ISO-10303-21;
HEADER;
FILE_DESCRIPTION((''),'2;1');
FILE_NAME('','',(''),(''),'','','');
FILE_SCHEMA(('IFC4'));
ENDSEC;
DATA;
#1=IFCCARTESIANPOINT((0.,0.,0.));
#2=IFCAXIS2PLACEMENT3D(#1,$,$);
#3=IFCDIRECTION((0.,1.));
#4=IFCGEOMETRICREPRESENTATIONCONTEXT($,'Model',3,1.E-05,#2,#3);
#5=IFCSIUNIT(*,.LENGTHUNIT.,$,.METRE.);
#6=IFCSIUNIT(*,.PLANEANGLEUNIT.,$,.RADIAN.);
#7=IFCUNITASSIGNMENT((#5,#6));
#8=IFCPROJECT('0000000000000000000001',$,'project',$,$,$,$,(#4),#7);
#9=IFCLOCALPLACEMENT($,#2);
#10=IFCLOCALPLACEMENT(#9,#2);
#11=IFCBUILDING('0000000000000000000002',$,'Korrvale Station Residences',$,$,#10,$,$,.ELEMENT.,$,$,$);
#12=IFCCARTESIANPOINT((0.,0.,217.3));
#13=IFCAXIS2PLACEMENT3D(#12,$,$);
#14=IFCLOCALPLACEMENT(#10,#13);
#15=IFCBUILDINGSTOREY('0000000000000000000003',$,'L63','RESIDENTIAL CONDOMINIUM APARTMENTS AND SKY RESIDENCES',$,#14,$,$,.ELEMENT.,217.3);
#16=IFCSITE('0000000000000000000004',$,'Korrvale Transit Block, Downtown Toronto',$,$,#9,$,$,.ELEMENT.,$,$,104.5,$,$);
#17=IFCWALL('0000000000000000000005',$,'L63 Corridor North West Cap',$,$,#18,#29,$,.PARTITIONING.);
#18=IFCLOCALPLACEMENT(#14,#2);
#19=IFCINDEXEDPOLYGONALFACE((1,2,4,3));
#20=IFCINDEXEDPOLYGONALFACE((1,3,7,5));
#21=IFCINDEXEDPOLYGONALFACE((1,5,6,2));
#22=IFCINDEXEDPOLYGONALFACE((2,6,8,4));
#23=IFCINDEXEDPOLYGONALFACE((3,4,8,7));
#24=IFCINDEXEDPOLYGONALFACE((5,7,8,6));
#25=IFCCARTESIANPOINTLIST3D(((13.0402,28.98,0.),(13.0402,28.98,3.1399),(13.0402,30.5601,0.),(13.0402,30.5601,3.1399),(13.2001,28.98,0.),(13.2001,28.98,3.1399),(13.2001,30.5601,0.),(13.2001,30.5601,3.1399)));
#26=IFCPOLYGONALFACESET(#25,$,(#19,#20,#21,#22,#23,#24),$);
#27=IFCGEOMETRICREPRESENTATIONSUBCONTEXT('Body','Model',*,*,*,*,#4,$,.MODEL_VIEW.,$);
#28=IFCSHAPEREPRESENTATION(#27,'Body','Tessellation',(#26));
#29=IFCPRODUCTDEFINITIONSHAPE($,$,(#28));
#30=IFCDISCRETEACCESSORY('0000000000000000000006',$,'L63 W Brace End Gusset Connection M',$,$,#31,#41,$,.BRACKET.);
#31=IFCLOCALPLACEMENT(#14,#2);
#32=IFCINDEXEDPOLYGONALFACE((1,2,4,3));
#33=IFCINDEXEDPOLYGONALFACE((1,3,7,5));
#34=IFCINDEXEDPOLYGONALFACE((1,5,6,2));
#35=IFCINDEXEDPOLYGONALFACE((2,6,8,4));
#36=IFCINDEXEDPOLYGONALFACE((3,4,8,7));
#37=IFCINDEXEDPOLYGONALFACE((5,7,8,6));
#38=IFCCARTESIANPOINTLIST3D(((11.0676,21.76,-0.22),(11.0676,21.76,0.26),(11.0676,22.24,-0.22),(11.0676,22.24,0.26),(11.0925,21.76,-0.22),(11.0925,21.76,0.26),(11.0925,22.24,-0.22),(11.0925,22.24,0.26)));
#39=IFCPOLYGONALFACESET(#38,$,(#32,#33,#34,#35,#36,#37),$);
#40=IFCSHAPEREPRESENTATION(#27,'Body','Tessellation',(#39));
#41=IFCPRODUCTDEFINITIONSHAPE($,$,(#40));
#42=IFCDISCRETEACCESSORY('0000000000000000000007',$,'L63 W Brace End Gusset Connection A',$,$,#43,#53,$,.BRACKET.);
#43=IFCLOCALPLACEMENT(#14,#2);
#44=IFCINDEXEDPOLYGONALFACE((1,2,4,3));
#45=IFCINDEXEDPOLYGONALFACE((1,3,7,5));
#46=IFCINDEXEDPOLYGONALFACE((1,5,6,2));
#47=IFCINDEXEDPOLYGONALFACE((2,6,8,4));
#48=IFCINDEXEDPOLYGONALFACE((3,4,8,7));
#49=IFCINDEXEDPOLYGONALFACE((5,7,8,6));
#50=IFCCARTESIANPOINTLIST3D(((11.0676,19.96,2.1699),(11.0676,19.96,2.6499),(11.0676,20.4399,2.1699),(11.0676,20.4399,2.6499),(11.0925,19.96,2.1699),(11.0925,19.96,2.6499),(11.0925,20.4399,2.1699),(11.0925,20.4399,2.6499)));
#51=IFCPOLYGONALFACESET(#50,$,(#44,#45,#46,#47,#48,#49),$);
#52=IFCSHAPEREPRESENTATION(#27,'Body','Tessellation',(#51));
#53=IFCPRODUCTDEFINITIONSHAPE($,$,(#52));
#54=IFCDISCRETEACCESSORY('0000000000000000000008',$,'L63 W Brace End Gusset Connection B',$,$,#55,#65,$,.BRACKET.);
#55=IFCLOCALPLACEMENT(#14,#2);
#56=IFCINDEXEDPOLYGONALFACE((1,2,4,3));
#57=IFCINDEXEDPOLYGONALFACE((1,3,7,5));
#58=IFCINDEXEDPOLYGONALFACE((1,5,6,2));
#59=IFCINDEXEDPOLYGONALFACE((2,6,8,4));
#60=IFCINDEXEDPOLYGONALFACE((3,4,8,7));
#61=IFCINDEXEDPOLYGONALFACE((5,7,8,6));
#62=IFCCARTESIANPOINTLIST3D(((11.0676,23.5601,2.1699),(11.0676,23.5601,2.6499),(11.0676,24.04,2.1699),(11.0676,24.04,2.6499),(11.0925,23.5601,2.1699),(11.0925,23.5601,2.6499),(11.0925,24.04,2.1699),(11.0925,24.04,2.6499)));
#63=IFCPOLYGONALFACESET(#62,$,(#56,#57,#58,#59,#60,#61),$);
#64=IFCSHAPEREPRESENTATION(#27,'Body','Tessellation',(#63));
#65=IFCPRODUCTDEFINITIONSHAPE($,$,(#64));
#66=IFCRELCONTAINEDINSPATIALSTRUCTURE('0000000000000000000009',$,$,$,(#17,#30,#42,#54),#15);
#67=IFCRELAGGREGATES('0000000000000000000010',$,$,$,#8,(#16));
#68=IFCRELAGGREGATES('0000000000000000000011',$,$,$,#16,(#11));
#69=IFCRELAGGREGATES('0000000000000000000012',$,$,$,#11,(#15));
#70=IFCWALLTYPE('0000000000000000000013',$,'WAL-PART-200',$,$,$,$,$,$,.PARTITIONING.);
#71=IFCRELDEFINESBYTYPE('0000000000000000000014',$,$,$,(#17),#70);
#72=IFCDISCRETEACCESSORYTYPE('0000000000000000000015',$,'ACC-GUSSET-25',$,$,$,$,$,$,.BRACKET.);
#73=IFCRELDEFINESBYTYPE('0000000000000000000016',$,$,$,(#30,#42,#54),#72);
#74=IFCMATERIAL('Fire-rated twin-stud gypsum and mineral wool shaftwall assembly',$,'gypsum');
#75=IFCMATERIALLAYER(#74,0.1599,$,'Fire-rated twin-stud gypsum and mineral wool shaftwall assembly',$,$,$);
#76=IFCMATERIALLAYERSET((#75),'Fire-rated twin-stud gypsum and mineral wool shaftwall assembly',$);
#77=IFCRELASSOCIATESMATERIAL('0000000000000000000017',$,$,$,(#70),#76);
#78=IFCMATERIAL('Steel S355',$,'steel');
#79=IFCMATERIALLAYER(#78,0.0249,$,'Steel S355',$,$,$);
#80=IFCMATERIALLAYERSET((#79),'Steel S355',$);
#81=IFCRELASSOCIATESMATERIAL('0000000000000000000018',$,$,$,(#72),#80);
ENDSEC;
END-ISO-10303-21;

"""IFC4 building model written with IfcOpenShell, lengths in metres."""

from ifc_helpers import new_model, si_unit, direction, frame, frame_2d, origin, origin_2d, place, context, subcontext, project, spatial, rectangle, extrude, material, layer, layer_set, type_object, element, save


model = new_model("IFC4")

# Units and contexts
model_context = context("Model", 3, precision=1e-05, world=origin(), true_north=direction((0.0, 1.0)))
body_context = subcontext(model_context, "Body", "Model", "MODEL_VIEW")
ifc_project = project(units=[si_unit("LENGTHUNIT", "METRE"), si_unit("PLANEANGLEUNIT", "RADIAN")], contexts=[model_context])

# Site, building, storey
site_placement = place(None, origin())
site = spatial("IfcSite", under=ifc_project, at=site_placement, Name="Korrvale Transit Block, Downtown Toronto", CompositionType="ELEMENT", RefElevation=104.5)
building_placement = place(site_placement, origin())
building = spatial("IfcBuilding", under=site, at=building_placement, Name="Korrvale Station Residences", CompositionType="ELEMENT")
storey_placement = place(building_placement, frame((0.0, 0.0, 217.3)))
storey = spatial("IfcBuildingStorey", under=building, at=storey_placement, Name="L63", Description="RESIDENTIAL CONDOMINIUM APARTMENTS AND SKY RESIDENCES", CompositionType="ELEMENT", Elevation=217.3)

# Shared definitions
ifc_material_1 = material(Name="Steel S355", Category="steel")

# Wall
ifc_material_2 = material(Name="Fire-rated twin-stud gypsum and mineral wool shaftwall assembly", Category="gypsum")
ifc_layer_1 = layer(ifc_material_2, 0.1599, Name="Fire-rated twin-stud gypsum and mineral wool shaftwall assembly")
ifc_layer_set_1 = layer_set([ifc_layer_1], Name="Fire-rated twin-stud gypsum and mineral wool shaftwall assembly")
wall_type_1 = type_object("IfcWallType", Name="WAL-PART-200", PredefinedType="PARTITIONING", material=ifc_layer_set_1)
wall_1_placement = place(storey_placement, frame((13.1201, 28.98, 0.0), z_axis=(0.0, 0.0, 1.0), x_axis=(0.0, 1.0, 0.0)))
element("IfcWall", 1, at=wall_1_placement, inside=storey, type_object=wall_type_1, Name="L63 Corridor North West Cap", PredefinedType="PARTITIONING", context=body_context, shape_type="SweptSolid", body=[
    extrude(rectangle(XDim=1.5801, YDim=0.1599, at=frame_2d((0.79, 0.0))), origin(), (0.0, 0.0, 1.0), 3.1399),
])

# Discrete accessories
ifc_layer_2 = layer(ifc_material_1, 0.0249, Name="Steel S355")
ifc_layer_set_2 = layer_set([ifc_layer_2], Name="Steel S355")
discrete_accessory_type = type_object("IfcDiscreteAccessoryType", Name="ACC-GUSSET-25", PredefinedType="BRACKET", material=ifc_layer_set_2)
for number, where, z_axis, x_axis, name in (
    (2, (11.0801, 22.0, -0.22), (0.0, 0.0, 1.0), (0.0, 1.0, 0.0), "L63 W Brace End Gusset Connection M"),
    (3, (11.0801, 20.2, 2.1699), (0.0, 0.0, 1.0), (0.0, 1.0, 0.0), "L63 W Brace End Gusset Connection A"),
    (4, (11.0801, 23.8, 2.1699), (0.0, 0.0, 1.0), (0.0, 1.0, 0.0), "L63 W Brace End Gusset Connection B"),
):
    element("IfcDiscreteAccessory", number, at=place(storey_placement, frame(where, z_axis=z_axis, x_axis=x_axis)), inside=storey, type_object=discrete_accessory_type, Name=name, PredefinedType="BRACKET", context=body_context, shape_type="SweptSolid", body=[
        extrude(rectangle(XDim=0.48, YDim=0.0249, at=origin_2d()), origin(), (0.0, 0.0, 1.0), 0.48),
    ])

save(model, "model.ifc")
